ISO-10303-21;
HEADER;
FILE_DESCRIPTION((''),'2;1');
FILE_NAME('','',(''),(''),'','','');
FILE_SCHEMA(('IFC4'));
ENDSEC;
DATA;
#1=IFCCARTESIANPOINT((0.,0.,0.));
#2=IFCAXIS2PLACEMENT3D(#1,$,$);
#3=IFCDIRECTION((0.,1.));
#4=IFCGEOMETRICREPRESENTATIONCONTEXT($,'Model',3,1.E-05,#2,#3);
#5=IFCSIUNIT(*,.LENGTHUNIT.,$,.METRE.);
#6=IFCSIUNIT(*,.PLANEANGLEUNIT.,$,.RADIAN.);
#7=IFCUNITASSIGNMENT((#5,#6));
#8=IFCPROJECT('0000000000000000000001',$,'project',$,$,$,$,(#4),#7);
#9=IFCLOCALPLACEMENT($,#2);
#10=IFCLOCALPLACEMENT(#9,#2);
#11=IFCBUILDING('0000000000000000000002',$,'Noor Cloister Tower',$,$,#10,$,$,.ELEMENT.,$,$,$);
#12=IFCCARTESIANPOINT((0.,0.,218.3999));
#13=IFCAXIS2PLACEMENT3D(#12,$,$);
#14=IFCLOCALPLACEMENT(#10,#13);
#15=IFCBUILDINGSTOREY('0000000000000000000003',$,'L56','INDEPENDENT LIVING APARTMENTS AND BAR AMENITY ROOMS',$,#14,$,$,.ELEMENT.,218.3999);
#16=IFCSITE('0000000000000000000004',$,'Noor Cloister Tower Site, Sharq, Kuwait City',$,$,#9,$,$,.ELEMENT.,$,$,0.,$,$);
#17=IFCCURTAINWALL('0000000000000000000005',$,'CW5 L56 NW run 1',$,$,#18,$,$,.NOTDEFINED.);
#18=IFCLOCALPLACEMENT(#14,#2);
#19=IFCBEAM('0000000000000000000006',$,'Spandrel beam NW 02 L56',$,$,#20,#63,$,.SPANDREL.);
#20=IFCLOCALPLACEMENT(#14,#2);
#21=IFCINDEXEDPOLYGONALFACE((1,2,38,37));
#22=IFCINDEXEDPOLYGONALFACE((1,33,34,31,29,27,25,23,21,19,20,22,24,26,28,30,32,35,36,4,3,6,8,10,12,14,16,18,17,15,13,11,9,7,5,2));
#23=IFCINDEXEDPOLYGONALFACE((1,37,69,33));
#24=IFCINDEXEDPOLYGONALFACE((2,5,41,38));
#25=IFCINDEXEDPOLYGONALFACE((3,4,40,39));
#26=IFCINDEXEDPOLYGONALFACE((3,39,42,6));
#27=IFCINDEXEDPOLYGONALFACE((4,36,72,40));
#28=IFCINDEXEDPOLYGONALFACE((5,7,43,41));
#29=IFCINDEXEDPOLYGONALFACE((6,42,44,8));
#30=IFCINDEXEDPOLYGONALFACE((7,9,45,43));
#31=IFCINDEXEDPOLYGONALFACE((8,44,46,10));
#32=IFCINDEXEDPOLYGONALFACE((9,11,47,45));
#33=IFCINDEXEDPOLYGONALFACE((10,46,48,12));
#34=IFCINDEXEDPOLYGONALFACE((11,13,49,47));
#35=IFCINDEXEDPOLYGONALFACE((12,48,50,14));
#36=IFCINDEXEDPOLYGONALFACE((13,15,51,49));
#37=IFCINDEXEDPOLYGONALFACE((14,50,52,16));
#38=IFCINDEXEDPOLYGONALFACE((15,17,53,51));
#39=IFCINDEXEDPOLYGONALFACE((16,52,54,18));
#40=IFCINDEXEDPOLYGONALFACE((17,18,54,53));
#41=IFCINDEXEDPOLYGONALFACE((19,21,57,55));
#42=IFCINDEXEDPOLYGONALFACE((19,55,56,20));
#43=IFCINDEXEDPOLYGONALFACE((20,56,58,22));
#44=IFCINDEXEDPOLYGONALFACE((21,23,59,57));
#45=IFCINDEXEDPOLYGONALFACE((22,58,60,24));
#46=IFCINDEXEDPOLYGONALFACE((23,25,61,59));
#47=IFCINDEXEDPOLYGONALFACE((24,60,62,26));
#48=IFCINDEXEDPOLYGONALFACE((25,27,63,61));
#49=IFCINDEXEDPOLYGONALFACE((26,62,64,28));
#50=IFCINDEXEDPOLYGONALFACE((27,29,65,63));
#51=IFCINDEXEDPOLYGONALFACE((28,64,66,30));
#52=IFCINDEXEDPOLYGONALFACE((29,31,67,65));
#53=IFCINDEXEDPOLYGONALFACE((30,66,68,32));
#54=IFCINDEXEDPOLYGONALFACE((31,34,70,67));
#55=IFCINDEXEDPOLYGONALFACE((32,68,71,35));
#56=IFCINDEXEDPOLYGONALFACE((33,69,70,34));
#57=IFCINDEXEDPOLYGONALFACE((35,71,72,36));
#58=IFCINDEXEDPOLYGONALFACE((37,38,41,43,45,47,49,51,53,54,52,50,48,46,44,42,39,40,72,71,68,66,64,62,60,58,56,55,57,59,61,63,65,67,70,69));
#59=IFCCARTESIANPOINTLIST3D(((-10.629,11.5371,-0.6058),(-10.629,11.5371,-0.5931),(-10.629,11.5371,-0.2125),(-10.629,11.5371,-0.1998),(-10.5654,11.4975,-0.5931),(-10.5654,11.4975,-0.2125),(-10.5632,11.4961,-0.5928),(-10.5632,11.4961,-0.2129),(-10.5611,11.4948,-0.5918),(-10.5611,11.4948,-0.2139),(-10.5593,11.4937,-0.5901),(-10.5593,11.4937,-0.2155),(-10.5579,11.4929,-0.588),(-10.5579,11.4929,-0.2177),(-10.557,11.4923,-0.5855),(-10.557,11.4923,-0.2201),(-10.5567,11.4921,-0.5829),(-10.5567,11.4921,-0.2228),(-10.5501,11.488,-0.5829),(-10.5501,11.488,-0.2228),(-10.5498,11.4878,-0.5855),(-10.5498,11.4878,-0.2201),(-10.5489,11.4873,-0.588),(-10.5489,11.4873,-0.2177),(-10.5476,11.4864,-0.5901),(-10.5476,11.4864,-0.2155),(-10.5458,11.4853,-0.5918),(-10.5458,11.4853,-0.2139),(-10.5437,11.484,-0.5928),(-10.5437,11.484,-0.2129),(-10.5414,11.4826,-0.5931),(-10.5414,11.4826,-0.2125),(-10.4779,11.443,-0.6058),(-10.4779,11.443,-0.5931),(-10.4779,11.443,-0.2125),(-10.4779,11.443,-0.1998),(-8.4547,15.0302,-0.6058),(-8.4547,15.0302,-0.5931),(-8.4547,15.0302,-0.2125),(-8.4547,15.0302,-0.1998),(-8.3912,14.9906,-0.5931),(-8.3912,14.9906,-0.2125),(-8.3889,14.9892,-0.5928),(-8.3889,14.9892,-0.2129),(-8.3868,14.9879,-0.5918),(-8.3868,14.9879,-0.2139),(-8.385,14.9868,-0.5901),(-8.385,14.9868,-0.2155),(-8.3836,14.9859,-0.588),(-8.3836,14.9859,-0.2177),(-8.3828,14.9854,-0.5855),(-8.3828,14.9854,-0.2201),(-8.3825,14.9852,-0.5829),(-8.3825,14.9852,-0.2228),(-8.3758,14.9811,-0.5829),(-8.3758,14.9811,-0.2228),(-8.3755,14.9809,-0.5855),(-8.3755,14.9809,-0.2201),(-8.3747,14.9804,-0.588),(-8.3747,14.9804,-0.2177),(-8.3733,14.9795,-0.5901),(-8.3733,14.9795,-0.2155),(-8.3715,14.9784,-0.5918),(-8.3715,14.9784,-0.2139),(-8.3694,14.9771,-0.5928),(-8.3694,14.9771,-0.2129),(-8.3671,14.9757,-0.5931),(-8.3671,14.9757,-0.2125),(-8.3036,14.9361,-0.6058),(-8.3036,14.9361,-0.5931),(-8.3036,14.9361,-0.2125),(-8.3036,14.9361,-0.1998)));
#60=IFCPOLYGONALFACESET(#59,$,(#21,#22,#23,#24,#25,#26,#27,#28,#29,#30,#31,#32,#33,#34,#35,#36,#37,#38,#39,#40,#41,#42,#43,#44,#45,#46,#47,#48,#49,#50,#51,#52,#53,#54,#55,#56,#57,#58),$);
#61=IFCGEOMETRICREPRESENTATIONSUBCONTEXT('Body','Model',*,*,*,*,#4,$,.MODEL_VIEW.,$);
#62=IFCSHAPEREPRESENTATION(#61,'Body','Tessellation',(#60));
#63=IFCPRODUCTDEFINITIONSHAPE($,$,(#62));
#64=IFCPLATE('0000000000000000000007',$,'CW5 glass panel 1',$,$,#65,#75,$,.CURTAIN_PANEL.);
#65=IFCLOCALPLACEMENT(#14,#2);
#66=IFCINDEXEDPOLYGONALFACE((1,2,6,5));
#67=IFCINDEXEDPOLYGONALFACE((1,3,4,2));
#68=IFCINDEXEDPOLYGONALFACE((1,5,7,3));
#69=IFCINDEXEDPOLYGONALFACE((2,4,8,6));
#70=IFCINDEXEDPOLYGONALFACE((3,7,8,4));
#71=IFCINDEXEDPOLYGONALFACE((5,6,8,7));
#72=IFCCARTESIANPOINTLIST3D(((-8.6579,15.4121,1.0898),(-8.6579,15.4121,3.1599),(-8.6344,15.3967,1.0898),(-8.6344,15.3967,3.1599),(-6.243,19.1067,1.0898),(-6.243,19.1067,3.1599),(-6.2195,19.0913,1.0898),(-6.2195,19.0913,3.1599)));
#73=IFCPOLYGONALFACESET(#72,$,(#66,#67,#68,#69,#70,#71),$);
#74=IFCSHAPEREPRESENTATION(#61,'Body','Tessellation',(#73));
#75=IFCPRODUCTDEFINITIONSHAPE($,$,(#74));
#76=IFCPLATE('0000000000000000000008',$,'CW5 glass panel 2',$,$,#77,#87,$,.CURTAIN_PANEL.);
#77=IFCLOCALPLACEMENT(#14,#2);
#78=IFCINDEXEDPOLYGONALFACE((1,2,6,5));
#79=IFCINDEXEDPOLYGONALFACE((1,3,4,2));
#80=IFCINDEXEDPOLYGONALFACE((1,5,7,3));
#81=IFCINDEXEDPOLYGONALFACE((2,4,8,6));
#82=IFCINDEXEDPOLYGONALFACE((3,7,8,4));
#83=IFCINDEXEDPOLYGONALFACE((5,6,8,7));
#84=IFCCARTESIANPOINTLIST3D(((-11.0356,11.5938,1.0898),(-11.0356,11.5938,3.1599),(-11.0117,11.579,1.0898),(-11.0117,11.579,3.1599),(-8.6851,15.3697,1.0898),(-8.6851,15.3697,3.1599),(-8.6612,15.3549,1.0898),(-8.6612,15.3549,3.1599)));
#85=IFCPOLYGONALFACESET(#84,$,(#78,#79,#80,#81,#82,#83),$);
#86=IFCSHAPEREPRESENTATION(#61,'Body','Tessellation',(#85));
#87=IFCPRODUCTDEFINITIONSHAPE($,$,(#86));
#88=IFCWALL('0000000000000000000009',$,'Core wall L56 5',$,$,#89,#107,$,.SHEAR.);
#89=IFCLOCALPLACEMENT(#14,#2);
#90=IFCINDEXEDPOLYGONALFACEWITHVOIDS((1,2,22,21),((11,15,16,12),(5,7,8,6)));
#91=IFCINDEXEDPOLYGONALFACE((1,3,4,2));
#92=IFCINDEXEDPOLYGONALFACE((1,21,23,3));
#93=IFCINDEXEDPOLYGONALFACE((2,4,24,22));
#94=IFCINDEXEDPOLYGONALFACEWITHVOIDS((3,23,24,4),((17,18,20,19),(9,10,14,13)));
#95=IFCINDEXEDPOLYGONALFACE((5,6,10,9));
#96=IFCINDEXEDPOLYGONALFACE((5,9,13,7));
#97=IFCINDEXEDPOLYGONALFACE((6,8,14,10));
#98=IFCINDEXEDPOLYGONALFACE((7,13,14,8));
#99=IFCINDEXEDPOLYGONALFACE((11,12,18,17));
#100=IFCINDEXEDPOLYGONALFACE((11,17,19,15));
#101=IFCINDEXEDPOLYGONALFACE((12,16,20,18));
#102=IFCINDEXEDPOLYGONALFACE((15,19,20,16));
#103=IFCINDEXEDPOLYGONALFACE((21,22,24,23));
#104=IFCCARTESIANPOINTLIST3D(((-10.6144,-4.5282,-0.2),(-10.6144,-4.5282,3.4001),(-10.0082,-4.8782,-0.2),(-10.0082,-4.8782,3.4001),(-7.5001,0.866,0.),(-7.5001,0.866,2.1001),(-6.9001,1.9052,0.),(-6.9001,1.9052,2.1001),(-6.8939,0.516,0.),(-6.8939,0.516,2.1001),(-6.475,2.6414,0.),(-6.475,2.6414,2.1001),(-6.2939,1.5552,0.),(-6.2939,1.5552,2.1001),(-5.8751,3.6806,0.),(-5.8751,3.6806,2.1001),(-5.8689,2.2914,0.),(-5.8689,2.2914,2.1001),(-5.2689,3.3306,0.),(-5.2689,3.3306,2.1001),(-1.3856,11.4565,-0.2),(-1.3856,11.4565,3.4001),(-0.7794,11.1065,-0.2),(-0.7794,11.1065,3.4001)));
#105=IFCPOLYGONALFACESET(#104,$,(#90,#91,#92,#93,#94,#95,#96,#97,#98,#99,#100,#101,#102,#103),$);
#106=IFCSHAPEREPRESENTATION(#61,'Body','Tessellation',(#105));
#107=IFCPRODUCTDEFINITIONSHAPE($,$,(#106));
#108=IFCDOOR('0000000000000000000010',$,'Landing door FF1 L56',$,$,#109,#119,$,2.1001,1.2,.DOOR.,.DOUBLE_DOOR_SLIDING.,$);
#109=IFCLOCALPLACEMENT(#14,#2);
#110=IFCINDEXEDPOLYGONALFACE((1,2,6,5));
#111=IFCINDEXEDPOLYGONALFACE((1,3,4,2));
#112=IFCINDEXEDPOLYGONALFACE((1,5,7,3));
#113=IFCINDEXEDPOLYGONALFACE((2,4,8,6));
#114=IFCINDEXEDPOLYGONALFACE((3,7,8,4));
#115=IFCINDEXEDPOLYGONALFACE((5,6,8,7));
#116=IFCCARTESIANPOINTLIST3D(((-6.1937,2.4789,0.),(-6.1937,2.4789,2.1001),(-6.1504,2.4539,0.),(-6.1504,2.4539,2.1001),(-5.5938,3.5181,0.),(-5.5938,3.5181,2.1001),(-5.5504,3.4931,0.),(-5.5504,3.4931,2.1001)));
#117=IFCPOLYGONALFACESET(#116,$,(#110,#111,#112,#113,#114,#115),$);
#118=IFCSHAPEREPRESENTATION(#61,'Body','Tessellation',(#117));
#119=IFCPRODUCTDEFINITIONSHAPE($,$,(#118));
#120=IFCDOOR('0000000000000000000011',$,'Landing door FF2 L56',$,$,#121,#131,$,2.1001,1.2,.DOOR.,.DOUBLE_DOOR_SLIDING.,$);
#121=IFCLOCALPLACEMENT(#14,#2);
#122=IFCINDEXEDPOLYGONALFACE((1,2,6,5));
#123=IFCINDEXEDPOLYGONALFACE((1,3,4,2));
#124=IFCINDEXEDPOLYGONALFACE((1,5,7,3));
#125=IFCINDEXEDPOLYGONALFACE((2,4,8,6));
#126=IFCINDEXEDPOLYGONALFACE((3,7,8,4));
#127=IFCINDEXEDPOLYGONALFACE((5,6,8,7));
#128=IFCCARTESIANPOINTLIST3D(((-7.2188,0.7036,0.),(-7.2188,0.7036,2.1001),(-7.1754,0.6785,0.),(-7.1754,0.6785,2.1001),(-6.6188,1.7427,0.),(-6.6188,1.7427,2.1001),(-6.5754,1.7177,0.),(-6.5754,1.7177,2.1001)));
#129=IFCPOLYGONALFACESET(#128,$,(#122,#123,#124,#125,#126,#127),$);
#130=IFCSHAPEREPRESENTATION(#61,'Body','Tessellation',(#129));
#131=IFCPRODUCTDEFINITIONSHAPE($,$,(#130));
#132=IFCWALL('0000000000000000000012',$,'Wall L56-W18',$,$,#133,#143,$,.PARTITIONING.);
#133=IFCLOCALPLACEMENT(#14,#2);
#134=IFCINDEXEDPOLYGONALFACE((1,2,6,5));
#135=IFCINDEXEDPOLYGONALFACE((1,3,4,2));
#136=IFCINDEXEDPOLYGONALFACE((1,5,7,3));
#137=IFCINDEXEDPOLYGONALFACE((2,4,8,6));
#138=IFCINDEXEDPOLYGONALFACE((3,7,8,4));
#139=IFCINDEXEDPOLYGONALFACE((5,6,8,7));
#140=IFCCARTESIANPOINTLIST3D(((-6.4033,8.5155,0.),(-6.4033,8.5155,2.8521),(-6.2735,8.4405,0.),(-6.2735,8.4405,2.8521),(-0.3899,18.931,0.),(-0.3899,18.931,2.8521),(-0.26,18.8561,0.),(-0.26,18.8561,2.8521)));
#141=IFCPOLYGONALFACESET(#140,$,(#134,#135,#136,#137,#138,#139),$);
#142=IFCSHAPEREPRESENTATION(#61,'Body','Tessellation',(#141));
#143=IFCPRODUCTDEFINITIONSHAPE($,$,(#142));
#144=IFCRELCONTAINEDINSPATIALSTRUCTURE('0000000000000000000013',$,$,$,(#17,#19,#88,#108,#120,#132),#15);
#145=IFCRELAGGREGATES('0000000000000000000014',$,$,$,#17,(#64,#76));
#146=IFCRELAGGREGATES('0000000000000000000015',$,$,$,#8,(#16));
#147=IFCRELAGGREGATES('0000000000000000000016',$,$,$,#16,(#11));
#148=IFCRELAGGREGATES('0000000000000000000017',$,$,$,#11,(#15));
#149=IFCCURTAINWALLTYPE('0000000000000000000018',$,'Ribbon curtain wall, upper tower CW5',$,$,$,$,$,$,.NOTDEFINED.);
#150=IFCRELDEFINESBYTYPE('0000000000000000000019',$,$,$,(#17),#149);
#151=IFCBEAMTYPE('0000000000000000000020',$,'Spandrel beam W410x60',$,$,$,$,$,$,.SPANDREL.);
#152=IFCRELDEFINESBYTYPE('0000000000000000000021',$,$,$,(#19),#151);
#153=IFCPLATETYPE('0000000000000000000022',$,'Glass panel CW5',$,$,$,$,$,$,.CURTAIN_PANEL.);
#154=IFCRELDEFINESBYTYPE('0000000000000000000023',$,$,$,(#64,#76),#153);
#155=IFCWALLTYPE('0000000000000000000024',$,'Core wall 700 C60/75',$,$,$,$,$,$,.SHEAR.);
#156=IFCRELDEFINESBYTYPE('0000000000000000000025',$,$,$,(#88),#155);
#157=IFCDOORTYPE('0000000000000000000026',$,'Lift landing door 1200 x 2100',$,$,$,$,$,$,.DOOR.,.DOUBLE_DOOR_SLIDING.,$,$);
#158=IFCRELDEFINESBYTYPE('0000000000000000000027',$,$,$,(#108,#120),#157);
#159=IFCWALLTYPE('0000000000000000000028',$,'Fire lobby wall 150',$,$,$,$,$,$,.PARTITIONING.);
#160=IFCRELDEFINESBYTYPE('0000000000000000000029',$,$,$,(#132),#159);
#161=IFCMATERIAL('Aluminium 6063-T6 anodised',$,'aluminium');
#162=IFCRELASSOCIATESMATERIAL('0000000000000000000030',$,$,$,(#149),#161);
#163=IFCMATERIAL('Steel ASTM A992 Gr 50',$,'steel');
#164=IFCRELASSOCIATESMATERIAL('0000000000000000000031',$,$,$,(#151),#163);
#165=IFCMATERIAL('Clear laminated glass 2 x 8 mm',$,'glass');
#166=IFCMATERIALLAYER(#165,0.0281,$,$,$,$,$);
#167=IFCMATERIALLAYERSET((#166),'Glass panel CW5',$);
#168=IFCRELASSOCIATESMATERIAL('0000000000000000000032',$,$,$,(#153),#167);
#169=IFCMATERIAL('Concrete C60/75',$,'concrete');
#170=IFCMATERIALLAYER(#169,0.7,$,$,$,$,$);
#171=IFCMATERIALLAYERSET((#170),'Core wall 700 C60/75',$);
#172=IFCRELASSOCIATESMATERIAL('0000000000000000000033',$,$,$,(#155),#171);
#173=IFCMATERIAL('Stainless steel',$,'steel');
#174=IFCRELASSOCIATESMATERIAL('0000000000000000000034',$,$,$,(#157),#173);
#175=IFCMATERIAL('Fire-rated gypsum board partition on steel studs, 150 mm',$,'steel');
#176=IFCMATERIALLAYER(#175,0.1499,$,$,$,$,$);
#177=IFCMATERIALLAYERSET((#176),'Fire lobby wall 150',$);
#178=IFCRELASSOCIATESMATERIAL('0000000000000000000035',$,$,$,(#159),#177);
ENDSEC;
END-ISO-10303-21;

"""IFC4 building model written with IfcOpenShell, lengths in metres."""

from ifc_helpers import new_model, si_unit, direction, frame, frame_2d, origin, origin_2d, place, context, subcontext, project, spatial, rectangle, i_section, extrude, material, layer, layer_set, material_profile, profile_set, type_object, element, fill, aggregate, save


model = new_model("IFC4")

# Units and contexts
model_context = context("Model", 3, precision=1e-05, world=origin(), true_north=direction((0.0, 1.0)))
body_context = subcontext(model_context, "Body", "Model", "MODEL_VIEW")
ifc_project = project(units=[si_unit("LENGTHUNIT", "METRE"), si_unit("PLANEANGLEUNIT", "RADIAN")], contexts=[model_context])

# Site, building, storey
site_placement = place(None, origin())
site = spatial("IfcSite", under=ifc_project, at=site_placement, Name="Noor Cloister Tower Site, Sharq, Kuwait City", CompositionType="ELEMENT", RefElevation=0.0)
building_placement = place(site_placement, origin())
building = spatial("IfcBuilding", under=site, at=building_placement, Name="Noor Cloister Tower", CompositionType="ELEMENT")
storey_placement = place(building_placement, frame((0.0, 0.0, 218.3999)))
storey = spatial("IfcBuildingStorey", under=building, at=storey_placement, Name="L56", Description="INDEPENDENT LIVING APARTMENTS AND BAR AMENITY ROOMS", CompositionType="ELEMENT", Elevation=218.3999)

# Curtain wall
ifc_material_1 = material(Name="Aluminium 6063-T6 anodised", Category="aluminium")
curtain_wall_type = type_object("IfcCurtainWallType", Name="Ribbon curtain wall, upper tower CW5", PredefinedType="NOTDEFINED", material=ifc_material_1)
curtain_wall_placement = place(storey_placement, origin())
curtain_wall = element("IfcCurtainWall", 1, at=curtain_wall_placement, inside=storey, type_object=curtain_wall_type, Name="CW5 L56 NW run 1", PredefinedType="NOTDEFINED")

# Beam
ifc_material_2 = material(Name="Steel ASTM A992 Gr 50", Category="steel")
ifc_material_profile_1 = material_profile(ifc_material_2, i_section(OverallWidth=0.178, OverallDepth=0.406, WebThickness=0.0078, FlangeThickness=0.0127, FilletRadius=0.0103, at=origin_2d()), Name="W410x60")
ifc_profile_set_1 = profile_set([ifc_material_profile_1], Name="Steel ASTM A992 Gr 50")
beam_type_1 = type_object("IfcBeamType", Name="Spandrel beam W410x60", PredefinedType="SPANDREL", material=ifc_profile_set_1)
beam_1_placement = place(storey_placement, frame((-8.3792, 14.9832, -0.4028), z_axis=(-0.528441, -0.84897, 0.0), x_axis=(0.84897, -0.528441, 0.0)))
element("IfcBeam", 2, at=beam_1_placement, inside=storey, type_object=beam_type_1, Name="Spandrel beam NW 02 L56", PredefinedType="SPANDREL", context=body_context, shape_type="SweptSolid", body=[
    extrude(i_section(OverallWidth=0.178, OverallDepth=0.406, WebThickness=0.0078, FlangeThickness=0.0127, FilletRadius=0.0103, at=origin_2d()), origin(), (0.0, 0.0, 1.0), 4.1145),
])

# Plates
ifc_material_3 = material(Name="Clear laminated glass 2 x 8 mm", Category="glass")
ifc_layer_1 = layer(ifc_material_3, 0.0281)
ifc_layer_set_1 = layer_set([ifc_layer_1], Name="Glass panel CW5")
plate_type = type_object("IfcPlateType", Name="Glass panel CW5", PredefinedType="CURTAIN_PANEL", material=ifc_layer_set_1)
plate_1_placement = place(storey_placement, frame((-7.4387, 17.2517, 1.0898), z_axis=(0.0, 0.0, 1.0), x_axis=(-0.547131, -0.837047, 0.0)))
plate_1 = element("IfcPlate", 3, at=plate_1_placement, type_object=plate_type, Name="CW5 glass panel 1", PredefinedType="CURTAIN_PANEL", context=body_context, shape_type="SweptSolid", body=[
    extrude(rectangle(XDim=4.4138, YDim=0.0281, at=origin_2d()), origin(), (0.0, 0.0, 1.0), 2.0701),
])
plate_2_placement = place(storey_placement, frame((-9.8484, 13.4744, 1.0898), z_axis=(0.0, 0.0, 1.0), x_axis=(-0.528471, -0.848951, 0.0)))
plate_2 = element("IfcPlate", 4, at=plate_2_placement, type_object=plate_type, Name="CW5 glass panel 2", PredefinedType="CURTAIN_PANEL", context=body_context, shape_type="SweptSolid", body=[
    extrude(rectangle(XDim=4.4478, YDim=0.0281, at=origin_2d()), origin(), (0.0, 0.0, 1.0), 2.0701),
])
aggregate(curtain_wall, [plate_1, plate_2])

# Wall, openings, doors
ifc_material_4 = material(Name="Concrete C60/75", Category="concrete")
ifc_layer_2 = layer(ifc_material_4, 0.7)
ifc_layer_set_2 = layer_set([ifc_layer_2], Name="Core wall 700 C60/75")
wall_type_1 = type_object("IfcWallType", Name="Core wall 700 C60/75", PredefinedType="SHEAR", material=ifc_layer_set_2)
wall_1_placement = place(storey_placement, frame((-1.0825, 11.2815, -0.2), z_axis=(0.0, 0.0, 1.0), x_axis=(-0.500001, -0.866025, 0.0)))
wall_1 = element("IfcWall", 5, at=wall_1_placement, inside=storey, type_object=wall_type_1, Name="Core wall L56 5", PredefinedType="SHEAR", context=body_context, shape_type="SweptSolid", body=[
    extrude(rectangle(XDim=18.4575, YDim=0.7, at=frame_2d((9.2288, 0.0))), origin(), (0.0, 0.0, 1.0), 3.6001),
])
opening_1_placement = place(wall_1_placement, frame((8.9788, 0.0, 0.2)))
opening_1 = element("IfcOpeningElement", 6, at=opening_1_placement, cuts=wall_1, PredefinedType="OPENING", context=body_context, shape_type="SweptSolid", body=[
    extrude(rectangle(XDim=1.2, YDim=2.1001, at=frame_2d((0.6001, 1.05))), frame((0.0, 0.3599, 0.0), z_axis=(0.0, -1.0, 0.0), x_axis=(1.0, 0.0, 0.0)), (0.0, 0.0, 1.0), 0.72),
])
opening_2_placement = place(wall_1_placement, frame((11.0288, 0.0, 0.2)))
opening_2 = element("IfcOpeningElement", 7, at=opening_2_placement, cuts=wall_1, PredefinedType="OPENING", context=body_context, shape_type="SweptSolid", body=[
    extrude(rectangle(XDim=1.2, YDim=2.1001, at=frame_2d((0.6001, 1.05))), frame((0.0, 0.3599, 0.0), z_axis=(0.0, -1.0, 0.0), x_axis=(1.0, 0.0, 0.0)), (0.0, 0.0, 1.0), 0.72),
])
ifc_material_5 = material(Name="Stainless steel", Category="steel")
door_type_1 = type_object("IfcDoorType", Name="Lift landing door 1200 x 2100", OperationType="DOUBLE_DOOR_SLIDING", PredefinedType="DOOR", material=ifc_material_5)
door_1_placement = place(opening_1_placement, origin())
door_1 = element("IfcDoor", 8, at=door_1_placement, inside=storey, type_object=door_type_1, Name="Landing door FF1 L56", OperationType="DOUBLE_DOOR_SLIDING", OverallHeight=2.1001, OverallWidth=1.2, PredefinedType="DOOR", context=body_context, shape_type="SweptSolid", body=[
    extrude(rectangle(XDim=1.2, YDim=2.1001, at=frame_2d((0.6001, 1.05))), frame((0.0, 0.0249, 0.0), z_axis=(0.0, -1.0, 0.0), x_axis=(1.0, 0.0, 0.0)), (0.0, 0.0, 1.0), 0.05),
])
fill(opening_1, door_1)
door_2_placement = place(opening_2_placement, origin())
door_2 = element("IfcDoor", 9, at=door_2_placement, inside=storey, type_object=door_type_1, Name="Landing door FF2 L56", OperationType="DOUBLE_DOOR_SLIDING", OverallHeight=2.1001, OverallWidth=1.2, PredefinedType="DOOR", context=body_context, shape_type="SweptSolid", body=[
    extrude(rectangle(XDim=1.2, YDim=2.1001, at=frame_2d((0.6001, 1.05))), frame((0.0, 0.0249, 0.0), z_axis=(0.0, -1.0, 0.0), x_axis=(1.0, 0.0, 0.0)), (0.0, 0.0, 1.0), 0.05),
])
fill(opening_2, door_2)

# Wall
ifc_material_6 = material(Name="Fire-rated gypsum board partition on steel studs, 150 mm", Category="steel")
ifc_layer_3 = layer(ifc_material_6, 0.1499)
ifc_layer_set_3 = layer_set([ifc_layer_3], Name="Fire lobby wall 150")
wall_type_2 = type_object("IfcWallType", Name="Fire lobby wall 150", PredefinedType="PARTITIONING", material=ifc_layer_set_3)
wall_2_placement = place(storey_placement, frame((-0.325, 18.8936, 0.0), z_axis=(0.0, 0.0, 1.0), x_axis=(-0.500001, -0.866025, 0.0)))
element("IfcWall", 10, at=wall_2_placement, inside=storey, type_object=wall_type_2, Name="Wall L56-W18", PredefinedType="PARTITIONING", context=body_context, shape_type="SweptSolid", body=[
    extrude(rectangle(XDim=12.0269, YDim=0.1499, at=frame_2d((6.0134, 0.0))), origin(), (0.0, 0.0, 1.0), 2.8521),
])

save(model, "model.ifc")
